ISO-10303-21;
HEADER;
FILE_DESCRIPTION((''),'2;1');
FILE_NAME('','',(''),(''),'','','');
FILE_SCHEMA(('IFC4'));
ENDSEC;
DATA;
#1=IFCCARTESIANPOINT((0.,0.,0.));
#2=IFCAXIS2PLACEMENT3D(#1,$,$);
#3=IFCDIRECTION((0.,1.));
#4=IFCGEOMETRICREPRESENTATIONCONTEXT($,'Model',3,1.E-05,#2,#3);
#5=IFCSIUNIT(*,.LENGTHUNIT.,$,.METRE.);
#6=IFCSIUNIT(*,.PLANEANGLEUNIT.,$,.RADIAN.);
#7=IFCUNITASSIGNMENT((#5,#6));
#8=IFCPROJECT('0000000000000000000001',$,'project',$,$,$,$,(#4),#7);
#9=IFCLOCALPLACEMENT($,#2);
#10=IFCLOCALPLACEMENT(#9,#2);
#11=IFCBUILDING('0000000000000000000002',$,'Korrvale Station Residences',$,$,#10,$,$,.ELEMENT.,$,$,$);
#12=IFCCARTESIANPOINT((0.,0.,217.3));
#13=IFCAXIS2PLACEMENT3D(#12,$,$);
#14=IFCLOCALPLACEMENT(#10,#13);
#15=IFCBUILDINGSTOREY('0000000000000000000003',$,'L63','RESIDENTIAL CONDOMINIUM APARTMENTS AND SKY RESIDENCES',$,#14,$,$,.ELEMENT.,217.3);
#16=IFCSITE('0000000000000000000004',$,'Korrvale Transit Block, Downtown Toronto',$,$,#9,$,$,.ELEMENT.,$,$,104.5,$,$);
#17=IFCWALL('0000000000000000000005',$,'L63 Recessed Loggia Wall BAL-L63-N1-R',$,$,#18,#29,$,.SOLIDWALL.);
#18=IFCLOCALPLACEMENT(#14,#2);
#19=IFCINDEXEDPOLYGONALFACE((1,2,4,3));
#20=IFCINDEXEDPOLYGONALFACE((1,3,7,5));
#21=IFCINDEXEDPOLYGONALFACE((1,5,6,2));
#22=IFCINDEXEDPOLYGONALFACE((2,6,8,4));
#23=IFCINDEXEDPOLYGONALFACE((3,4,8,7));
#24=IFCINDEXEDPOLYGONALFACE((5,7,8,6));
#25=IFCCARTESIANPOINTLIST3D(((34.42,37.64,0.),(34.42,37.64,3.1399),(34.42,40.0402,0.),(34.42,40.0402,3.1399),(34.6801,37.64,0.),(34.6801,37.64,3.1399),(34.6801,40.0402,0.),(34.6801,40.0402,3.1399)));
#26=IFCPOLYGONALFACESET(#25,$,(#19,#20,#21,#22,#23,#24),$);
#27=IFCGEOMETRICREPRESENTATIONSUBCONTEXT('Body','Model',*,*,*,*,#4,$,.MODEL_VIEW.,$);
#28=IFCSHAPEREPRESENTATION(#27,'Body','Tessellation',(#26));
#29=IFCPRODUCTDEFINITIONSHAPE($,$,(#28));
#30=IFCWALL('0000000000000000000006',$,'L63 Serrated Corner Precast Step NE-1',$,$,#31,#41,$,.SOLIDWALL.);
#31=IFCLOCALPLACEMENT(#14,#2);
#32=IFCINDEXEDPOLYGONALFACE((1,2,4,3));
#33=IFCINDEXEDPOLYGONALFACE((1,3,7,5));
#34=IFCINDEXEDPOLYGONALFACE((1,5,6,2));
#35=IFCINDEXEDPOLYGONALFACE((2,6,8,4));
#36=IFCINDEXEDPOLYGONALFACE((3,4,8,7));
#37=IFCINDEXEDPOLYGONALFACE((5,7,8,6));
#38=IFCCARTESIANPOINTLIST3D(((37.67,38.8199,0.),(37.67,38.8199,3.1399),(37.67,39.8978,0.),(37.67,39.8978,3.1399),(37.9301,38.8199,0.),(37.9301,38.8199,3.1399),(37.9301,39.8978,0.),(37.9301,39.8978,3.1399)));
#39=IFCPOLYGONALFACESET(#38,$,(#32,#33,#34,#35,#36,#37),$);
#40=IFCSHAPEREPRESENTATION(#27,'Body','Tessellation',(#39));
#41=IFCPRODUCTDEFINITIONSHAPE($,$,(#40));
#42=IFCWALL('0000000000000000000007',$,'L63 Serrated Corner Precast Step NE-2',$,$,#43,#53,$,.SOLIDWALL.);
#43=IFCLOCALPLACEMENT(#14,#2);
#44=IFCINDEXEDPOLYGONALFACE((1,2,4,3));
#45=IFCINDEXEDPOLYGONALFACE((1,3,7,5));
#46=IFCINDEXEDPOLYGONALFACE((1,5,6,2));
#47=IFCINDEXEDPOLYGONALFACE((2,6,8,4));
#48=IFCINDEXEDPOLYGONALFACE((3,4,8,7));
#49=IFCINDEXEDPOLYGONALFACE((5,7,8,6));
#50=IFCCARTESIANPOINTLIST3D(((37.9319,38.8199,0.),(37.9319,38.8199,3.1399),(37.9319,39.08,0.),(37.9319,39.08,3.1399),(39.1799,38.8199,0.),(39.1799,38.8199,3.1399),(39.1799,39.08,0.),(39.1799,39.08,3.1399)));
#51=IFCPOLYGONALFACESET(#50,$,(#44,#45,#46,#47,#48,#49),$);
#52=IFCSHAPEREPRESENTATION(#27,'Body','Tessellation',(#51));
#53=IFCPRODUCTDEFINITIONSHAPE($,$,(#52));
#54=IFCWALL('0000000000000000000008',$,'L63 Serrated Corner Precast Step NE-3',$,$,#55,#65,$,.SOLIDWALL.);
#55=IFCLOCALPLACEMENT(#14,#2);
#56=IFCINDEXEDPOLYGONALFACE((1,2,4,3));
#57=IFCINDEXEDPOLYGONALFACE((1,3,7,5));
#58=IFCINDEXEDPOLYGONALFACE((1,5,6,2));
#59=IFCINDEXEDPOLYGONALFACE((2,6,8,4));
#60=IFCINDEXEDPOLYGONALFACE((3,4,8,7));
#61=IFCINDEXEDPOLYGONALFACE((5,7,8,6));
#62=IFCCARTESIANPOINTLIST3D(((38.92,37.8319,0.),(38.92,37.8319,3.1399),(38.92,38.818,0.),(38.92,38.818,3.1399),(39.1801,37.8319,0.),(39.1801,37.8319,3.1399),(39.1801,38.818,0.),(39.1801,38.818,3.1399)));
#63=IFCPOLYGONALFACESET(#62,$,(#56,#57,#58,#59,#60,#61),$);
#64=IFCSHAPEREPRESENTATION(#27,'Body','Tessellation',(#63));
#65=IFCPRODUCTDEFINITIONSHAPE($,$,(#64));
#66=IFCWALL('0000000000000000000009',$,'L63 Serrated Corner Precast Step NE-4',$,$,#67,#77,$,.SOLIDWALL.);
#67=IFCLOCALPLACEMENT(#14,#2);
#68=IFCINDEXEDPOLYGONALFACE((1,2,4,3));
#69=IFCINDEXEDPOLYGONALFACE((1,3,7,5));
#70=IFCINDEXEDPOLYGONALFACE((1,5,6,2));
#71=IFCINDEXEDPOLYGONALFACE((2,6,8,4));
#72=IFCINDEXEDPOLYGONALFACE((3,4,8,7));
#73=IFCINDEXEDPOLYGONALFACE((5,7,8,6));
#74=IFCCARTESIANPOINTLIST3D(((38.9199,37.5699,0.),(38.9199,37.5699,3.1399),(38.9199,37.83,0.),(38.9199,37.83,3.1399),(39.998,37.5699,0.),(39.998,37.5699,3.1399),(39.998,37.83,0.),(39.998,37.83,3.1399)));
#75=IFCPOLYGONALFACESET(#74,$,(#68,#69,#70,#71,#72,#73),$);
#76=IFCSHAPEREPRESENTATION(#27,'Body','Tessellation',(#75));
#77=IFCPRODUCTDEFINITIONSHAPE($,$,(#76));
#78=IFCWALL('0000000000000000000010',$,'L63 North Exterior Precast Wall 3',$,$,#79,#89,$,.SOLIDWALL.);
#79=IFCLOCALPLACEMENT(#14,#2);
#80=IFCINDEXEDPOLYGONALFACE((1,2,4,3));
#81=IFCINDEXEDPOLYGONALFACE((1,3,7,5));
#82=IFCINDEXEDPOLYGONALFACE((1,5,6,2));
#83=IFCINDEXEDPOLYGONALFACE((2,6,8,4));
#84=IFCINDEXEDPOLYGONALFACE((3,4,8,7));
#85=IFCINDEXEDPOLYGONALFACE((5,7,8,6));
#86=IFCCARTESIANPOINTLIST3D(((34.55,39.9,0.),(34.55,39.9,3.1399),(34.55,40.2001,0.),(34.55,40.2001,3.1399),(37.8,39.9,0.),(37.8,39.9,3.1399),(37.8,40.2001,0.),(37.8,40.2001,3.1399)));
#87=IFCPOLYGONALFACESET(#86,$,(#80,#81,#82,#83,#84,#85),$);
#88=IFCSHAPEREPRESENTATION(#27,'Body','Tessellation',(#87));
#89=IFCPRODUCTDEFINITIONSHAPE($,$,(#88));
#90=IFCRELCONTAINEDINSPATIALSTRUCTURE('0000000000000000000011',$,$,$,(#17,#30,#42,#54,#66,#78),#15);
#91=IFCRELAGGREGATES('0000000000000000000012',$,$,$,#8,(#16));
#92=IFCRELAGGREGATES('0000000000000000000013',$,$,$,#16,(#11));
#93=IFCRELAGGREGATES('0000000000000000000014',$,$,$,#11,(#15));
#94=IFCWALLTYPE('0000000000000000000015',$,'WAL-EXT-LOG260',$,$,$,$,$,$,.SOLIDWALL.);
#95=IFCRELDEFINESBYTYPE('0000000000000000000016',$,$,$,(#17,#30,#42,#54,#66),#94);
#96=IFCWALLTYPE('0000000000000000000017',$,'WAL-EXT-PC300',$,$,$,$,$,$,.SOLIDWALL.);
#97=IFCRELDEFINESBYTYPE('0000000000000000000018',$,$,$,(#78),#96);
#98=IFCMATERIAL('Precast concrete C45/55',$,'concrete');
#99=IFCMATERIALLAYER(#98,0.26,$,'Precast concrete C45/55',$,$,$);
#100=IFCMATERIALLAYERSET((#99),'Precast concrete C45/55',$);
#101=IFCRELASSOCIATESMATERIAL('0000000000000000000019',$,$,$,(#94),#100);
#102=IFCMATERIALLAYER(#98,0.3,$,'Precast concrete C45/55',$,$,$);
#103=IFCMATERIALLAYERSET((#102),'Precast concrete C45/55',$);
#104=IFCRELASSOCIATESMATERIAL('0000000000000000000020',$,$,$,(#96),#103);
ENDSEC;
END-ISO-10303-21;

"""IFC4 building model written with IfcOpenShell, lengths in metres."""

from ifc_helpers import new_model, si_unit, direction, frame, frame_2d, origin, place, context, subcontext, project, spatial, rectangle, extrude, material, layer, layer_set, type_object, element, save


model = new_model("IFC4")

# Units and contexts
model_context = context("Model", 3, precision=1e-05, world=origin(), true_north=direction((0.0, 1.0)))
body_context = subcontext(model_context, "Body", "Model", "MODEL_VIEW")
ifc_project = project(units=[si_unit("LENGTHUNIT", "METRE"), si_unit("PLANEANGLEUNIT", "RADIAN")], contexts=[model_context])

# Site, building, storey
site_placement = place(None, origin())
site = spatial("IfcSite", under=ifc_project, at=site_placement, Name="Korrvale Transit Block, Downtown Toronto", CompositionType="ELEMENT", RefElevation=104.5)
building_placement = place(site_placement, origin())
building = spatial("IfcBuilding", under=site, at=building_placement, Name="Korrvale Station Residences", CompositionType="ELEMENT")
storey_placement = place(building_placement, frame((0.0, 0.0, 217.3)))
storey = spatial("IfcBuildingStorey", under=building, at=storey_placement, Name="L63", Description="RESIDENTIAL CONDOMINIUM APARTMENTS AND SKY RESIDENCES", CompositionType="ELEMENT", Elevation=217.3)

# Walls
ifc_material_1 = material(Name="Precast concrete C45/55", Category="concrete")
ifc_layer_1 = layer(ifc_material_1, 0.26, Name="Precast concrete C45/55")
ifc_layer_set_1 = layer_set([ifc_layer_1], Name="Precast concrete C45/55")
wall_type_1 = type_object("IfcWallType", Name="WAL-EXT-LOG260", PredefinedType="SOLIDWALL", material=ifc_layer_set_1)
wall_1_placement = place(storey_placement, frame((34.55, 37.6399, 0.0), z_axis=(0.0, 0.0, 1.0), x_axis=(0.0, 1.0, 0.0)))
element("IfcWall", 1, at=wall_1_placement, inside=storey, type_object=wall_type_1, Name="L63 Recessed Loggia Wall BAL-L63-N1-R", PredefinedType="SOLIDWALL", context=body_context, shape_type="SweptSolid", body=[
    extrude(rectangle(XDim=2.4001, YDim=0.26, at=frame_2d((1.2002, 0.0))), origin(), (0.0, 0.0, 1.0), 3.1399),
])
wall_2_placement = place(storey_placement, frame((37.8, 39.8979, 0.0), z_axis=(0.0, 0.0, 1.0), x_axis=(0.0, -1.0, 0.0)))
element("IfcWall", 2, at=wall_2_placement, inside=storey, type_object=wall_type_1, Name="L63 Serrated Corner Precast Step NE-1", PredefinedType="SOLIDWALL", context=body_context, shape_type="SweptSolid", body=[
    extrude(rectangle(XDim=1.0779, YDim=0.26, at=frame_2d((0.5391, 0.0))), origin(), (0.0, 0.0, 1.0), 3.1399),
])
wall_3_placement = place(storey_placement, frame((37.9319, 38.95, 0.0), z_axis=(0.0, 0.0, 1.0), x_axis=(1.0, 0.0, 0.0)))
element("IfcWall", 3, at=wall_3_placement, inside=storey, type_object=wall_type_1, Name="L63 Serrated Corner Precast Step NE-2", PredefinedType="SOLIDWALL", context=body_context, shape_type="SweptSolid", body=[
    extrude(rectangle(XDim=1.248, YDim=0.26, at=frame_2d((0.624, 0.0))), origin(), (0.0, 0.0, 1.0), 3.1399),
])
wall_4_placement = place(storey_placement, frame((39.05, 38.8181, 0.0), z_axis=(0.0, 0.0, 1.0), x_axis=(0.0, -1.0, 0.0)))
element("IfcWall", 4, at=wall_4_placement, inside=storey, type_object=wall_type_1, Name="L63 Serrated Corner Precast Step NE-3", PredefinedType="SOLIDWALL", context=body_context, shape_type="SweptSolid", body=[
    extrude(rectangle(XDim=0.9861, YDim=0.26, at=frame_2d((0.4932, 0.0))), origin(), (0.0, 0.0, 1.0), 3.1399),
])
wall_5_placement = place(storey_placement, frame((38.9199, 37.7, 0.0), z_axis=(0.0, 0.0, 1.0), x_axis=(1.0, 0.0, 0.0)))
element("IfcWall", 5, at=wall_5_placement, inside=storey, type_object=wall_type_1, Name="L63 Serrated Corner Precast Step NE-4", PredefinedType="SOLIDWALL", context=body_context, shape_type="SweptSolid", body=[
    extrude(rectangle(XDim=1.0781, YDim=0.26, at=frame_2d((0.5391, 0.0))), origin(), (0.0, 0.0, 1.0), 3.1399),
])
ifc_layer_2 = layer(ifc_material_1, 0.3, Name="Precast concrete C45/55")
ifc_layer_set_2 = layer_set([ifc_layer_2], Name="Precast concrete C45/55")
wall_type_2 = type_object("IfcWallType", Name="WAL-EXT-PC300", PredefinedType="SOLIDWALL", material=ifc_layer_set_2)
wall_6_placement = place(storey_placement, frame((34.55, 40.05, 0.0), z_axis=(0.0, 0.0, 1.0), x_axis=(1.0, 0.0, 0.0)))
element("IfcWall", 6, at=wall_6_placement, inside=storey, type_object=wall_type_2, Name="L63 North Exterior Precast Wall 3", PredefinedType="SOLIDWALL", context=body_context, shape_type="SweptSolid", body=[
    extrude(rectangle(XDim=3.25, YDim=0.3, at=frame_2d((1.625, 0.0))), origin(), (0.0, 0.0, 1.0), 3.1399),
])

save(model, "model.ifc")
